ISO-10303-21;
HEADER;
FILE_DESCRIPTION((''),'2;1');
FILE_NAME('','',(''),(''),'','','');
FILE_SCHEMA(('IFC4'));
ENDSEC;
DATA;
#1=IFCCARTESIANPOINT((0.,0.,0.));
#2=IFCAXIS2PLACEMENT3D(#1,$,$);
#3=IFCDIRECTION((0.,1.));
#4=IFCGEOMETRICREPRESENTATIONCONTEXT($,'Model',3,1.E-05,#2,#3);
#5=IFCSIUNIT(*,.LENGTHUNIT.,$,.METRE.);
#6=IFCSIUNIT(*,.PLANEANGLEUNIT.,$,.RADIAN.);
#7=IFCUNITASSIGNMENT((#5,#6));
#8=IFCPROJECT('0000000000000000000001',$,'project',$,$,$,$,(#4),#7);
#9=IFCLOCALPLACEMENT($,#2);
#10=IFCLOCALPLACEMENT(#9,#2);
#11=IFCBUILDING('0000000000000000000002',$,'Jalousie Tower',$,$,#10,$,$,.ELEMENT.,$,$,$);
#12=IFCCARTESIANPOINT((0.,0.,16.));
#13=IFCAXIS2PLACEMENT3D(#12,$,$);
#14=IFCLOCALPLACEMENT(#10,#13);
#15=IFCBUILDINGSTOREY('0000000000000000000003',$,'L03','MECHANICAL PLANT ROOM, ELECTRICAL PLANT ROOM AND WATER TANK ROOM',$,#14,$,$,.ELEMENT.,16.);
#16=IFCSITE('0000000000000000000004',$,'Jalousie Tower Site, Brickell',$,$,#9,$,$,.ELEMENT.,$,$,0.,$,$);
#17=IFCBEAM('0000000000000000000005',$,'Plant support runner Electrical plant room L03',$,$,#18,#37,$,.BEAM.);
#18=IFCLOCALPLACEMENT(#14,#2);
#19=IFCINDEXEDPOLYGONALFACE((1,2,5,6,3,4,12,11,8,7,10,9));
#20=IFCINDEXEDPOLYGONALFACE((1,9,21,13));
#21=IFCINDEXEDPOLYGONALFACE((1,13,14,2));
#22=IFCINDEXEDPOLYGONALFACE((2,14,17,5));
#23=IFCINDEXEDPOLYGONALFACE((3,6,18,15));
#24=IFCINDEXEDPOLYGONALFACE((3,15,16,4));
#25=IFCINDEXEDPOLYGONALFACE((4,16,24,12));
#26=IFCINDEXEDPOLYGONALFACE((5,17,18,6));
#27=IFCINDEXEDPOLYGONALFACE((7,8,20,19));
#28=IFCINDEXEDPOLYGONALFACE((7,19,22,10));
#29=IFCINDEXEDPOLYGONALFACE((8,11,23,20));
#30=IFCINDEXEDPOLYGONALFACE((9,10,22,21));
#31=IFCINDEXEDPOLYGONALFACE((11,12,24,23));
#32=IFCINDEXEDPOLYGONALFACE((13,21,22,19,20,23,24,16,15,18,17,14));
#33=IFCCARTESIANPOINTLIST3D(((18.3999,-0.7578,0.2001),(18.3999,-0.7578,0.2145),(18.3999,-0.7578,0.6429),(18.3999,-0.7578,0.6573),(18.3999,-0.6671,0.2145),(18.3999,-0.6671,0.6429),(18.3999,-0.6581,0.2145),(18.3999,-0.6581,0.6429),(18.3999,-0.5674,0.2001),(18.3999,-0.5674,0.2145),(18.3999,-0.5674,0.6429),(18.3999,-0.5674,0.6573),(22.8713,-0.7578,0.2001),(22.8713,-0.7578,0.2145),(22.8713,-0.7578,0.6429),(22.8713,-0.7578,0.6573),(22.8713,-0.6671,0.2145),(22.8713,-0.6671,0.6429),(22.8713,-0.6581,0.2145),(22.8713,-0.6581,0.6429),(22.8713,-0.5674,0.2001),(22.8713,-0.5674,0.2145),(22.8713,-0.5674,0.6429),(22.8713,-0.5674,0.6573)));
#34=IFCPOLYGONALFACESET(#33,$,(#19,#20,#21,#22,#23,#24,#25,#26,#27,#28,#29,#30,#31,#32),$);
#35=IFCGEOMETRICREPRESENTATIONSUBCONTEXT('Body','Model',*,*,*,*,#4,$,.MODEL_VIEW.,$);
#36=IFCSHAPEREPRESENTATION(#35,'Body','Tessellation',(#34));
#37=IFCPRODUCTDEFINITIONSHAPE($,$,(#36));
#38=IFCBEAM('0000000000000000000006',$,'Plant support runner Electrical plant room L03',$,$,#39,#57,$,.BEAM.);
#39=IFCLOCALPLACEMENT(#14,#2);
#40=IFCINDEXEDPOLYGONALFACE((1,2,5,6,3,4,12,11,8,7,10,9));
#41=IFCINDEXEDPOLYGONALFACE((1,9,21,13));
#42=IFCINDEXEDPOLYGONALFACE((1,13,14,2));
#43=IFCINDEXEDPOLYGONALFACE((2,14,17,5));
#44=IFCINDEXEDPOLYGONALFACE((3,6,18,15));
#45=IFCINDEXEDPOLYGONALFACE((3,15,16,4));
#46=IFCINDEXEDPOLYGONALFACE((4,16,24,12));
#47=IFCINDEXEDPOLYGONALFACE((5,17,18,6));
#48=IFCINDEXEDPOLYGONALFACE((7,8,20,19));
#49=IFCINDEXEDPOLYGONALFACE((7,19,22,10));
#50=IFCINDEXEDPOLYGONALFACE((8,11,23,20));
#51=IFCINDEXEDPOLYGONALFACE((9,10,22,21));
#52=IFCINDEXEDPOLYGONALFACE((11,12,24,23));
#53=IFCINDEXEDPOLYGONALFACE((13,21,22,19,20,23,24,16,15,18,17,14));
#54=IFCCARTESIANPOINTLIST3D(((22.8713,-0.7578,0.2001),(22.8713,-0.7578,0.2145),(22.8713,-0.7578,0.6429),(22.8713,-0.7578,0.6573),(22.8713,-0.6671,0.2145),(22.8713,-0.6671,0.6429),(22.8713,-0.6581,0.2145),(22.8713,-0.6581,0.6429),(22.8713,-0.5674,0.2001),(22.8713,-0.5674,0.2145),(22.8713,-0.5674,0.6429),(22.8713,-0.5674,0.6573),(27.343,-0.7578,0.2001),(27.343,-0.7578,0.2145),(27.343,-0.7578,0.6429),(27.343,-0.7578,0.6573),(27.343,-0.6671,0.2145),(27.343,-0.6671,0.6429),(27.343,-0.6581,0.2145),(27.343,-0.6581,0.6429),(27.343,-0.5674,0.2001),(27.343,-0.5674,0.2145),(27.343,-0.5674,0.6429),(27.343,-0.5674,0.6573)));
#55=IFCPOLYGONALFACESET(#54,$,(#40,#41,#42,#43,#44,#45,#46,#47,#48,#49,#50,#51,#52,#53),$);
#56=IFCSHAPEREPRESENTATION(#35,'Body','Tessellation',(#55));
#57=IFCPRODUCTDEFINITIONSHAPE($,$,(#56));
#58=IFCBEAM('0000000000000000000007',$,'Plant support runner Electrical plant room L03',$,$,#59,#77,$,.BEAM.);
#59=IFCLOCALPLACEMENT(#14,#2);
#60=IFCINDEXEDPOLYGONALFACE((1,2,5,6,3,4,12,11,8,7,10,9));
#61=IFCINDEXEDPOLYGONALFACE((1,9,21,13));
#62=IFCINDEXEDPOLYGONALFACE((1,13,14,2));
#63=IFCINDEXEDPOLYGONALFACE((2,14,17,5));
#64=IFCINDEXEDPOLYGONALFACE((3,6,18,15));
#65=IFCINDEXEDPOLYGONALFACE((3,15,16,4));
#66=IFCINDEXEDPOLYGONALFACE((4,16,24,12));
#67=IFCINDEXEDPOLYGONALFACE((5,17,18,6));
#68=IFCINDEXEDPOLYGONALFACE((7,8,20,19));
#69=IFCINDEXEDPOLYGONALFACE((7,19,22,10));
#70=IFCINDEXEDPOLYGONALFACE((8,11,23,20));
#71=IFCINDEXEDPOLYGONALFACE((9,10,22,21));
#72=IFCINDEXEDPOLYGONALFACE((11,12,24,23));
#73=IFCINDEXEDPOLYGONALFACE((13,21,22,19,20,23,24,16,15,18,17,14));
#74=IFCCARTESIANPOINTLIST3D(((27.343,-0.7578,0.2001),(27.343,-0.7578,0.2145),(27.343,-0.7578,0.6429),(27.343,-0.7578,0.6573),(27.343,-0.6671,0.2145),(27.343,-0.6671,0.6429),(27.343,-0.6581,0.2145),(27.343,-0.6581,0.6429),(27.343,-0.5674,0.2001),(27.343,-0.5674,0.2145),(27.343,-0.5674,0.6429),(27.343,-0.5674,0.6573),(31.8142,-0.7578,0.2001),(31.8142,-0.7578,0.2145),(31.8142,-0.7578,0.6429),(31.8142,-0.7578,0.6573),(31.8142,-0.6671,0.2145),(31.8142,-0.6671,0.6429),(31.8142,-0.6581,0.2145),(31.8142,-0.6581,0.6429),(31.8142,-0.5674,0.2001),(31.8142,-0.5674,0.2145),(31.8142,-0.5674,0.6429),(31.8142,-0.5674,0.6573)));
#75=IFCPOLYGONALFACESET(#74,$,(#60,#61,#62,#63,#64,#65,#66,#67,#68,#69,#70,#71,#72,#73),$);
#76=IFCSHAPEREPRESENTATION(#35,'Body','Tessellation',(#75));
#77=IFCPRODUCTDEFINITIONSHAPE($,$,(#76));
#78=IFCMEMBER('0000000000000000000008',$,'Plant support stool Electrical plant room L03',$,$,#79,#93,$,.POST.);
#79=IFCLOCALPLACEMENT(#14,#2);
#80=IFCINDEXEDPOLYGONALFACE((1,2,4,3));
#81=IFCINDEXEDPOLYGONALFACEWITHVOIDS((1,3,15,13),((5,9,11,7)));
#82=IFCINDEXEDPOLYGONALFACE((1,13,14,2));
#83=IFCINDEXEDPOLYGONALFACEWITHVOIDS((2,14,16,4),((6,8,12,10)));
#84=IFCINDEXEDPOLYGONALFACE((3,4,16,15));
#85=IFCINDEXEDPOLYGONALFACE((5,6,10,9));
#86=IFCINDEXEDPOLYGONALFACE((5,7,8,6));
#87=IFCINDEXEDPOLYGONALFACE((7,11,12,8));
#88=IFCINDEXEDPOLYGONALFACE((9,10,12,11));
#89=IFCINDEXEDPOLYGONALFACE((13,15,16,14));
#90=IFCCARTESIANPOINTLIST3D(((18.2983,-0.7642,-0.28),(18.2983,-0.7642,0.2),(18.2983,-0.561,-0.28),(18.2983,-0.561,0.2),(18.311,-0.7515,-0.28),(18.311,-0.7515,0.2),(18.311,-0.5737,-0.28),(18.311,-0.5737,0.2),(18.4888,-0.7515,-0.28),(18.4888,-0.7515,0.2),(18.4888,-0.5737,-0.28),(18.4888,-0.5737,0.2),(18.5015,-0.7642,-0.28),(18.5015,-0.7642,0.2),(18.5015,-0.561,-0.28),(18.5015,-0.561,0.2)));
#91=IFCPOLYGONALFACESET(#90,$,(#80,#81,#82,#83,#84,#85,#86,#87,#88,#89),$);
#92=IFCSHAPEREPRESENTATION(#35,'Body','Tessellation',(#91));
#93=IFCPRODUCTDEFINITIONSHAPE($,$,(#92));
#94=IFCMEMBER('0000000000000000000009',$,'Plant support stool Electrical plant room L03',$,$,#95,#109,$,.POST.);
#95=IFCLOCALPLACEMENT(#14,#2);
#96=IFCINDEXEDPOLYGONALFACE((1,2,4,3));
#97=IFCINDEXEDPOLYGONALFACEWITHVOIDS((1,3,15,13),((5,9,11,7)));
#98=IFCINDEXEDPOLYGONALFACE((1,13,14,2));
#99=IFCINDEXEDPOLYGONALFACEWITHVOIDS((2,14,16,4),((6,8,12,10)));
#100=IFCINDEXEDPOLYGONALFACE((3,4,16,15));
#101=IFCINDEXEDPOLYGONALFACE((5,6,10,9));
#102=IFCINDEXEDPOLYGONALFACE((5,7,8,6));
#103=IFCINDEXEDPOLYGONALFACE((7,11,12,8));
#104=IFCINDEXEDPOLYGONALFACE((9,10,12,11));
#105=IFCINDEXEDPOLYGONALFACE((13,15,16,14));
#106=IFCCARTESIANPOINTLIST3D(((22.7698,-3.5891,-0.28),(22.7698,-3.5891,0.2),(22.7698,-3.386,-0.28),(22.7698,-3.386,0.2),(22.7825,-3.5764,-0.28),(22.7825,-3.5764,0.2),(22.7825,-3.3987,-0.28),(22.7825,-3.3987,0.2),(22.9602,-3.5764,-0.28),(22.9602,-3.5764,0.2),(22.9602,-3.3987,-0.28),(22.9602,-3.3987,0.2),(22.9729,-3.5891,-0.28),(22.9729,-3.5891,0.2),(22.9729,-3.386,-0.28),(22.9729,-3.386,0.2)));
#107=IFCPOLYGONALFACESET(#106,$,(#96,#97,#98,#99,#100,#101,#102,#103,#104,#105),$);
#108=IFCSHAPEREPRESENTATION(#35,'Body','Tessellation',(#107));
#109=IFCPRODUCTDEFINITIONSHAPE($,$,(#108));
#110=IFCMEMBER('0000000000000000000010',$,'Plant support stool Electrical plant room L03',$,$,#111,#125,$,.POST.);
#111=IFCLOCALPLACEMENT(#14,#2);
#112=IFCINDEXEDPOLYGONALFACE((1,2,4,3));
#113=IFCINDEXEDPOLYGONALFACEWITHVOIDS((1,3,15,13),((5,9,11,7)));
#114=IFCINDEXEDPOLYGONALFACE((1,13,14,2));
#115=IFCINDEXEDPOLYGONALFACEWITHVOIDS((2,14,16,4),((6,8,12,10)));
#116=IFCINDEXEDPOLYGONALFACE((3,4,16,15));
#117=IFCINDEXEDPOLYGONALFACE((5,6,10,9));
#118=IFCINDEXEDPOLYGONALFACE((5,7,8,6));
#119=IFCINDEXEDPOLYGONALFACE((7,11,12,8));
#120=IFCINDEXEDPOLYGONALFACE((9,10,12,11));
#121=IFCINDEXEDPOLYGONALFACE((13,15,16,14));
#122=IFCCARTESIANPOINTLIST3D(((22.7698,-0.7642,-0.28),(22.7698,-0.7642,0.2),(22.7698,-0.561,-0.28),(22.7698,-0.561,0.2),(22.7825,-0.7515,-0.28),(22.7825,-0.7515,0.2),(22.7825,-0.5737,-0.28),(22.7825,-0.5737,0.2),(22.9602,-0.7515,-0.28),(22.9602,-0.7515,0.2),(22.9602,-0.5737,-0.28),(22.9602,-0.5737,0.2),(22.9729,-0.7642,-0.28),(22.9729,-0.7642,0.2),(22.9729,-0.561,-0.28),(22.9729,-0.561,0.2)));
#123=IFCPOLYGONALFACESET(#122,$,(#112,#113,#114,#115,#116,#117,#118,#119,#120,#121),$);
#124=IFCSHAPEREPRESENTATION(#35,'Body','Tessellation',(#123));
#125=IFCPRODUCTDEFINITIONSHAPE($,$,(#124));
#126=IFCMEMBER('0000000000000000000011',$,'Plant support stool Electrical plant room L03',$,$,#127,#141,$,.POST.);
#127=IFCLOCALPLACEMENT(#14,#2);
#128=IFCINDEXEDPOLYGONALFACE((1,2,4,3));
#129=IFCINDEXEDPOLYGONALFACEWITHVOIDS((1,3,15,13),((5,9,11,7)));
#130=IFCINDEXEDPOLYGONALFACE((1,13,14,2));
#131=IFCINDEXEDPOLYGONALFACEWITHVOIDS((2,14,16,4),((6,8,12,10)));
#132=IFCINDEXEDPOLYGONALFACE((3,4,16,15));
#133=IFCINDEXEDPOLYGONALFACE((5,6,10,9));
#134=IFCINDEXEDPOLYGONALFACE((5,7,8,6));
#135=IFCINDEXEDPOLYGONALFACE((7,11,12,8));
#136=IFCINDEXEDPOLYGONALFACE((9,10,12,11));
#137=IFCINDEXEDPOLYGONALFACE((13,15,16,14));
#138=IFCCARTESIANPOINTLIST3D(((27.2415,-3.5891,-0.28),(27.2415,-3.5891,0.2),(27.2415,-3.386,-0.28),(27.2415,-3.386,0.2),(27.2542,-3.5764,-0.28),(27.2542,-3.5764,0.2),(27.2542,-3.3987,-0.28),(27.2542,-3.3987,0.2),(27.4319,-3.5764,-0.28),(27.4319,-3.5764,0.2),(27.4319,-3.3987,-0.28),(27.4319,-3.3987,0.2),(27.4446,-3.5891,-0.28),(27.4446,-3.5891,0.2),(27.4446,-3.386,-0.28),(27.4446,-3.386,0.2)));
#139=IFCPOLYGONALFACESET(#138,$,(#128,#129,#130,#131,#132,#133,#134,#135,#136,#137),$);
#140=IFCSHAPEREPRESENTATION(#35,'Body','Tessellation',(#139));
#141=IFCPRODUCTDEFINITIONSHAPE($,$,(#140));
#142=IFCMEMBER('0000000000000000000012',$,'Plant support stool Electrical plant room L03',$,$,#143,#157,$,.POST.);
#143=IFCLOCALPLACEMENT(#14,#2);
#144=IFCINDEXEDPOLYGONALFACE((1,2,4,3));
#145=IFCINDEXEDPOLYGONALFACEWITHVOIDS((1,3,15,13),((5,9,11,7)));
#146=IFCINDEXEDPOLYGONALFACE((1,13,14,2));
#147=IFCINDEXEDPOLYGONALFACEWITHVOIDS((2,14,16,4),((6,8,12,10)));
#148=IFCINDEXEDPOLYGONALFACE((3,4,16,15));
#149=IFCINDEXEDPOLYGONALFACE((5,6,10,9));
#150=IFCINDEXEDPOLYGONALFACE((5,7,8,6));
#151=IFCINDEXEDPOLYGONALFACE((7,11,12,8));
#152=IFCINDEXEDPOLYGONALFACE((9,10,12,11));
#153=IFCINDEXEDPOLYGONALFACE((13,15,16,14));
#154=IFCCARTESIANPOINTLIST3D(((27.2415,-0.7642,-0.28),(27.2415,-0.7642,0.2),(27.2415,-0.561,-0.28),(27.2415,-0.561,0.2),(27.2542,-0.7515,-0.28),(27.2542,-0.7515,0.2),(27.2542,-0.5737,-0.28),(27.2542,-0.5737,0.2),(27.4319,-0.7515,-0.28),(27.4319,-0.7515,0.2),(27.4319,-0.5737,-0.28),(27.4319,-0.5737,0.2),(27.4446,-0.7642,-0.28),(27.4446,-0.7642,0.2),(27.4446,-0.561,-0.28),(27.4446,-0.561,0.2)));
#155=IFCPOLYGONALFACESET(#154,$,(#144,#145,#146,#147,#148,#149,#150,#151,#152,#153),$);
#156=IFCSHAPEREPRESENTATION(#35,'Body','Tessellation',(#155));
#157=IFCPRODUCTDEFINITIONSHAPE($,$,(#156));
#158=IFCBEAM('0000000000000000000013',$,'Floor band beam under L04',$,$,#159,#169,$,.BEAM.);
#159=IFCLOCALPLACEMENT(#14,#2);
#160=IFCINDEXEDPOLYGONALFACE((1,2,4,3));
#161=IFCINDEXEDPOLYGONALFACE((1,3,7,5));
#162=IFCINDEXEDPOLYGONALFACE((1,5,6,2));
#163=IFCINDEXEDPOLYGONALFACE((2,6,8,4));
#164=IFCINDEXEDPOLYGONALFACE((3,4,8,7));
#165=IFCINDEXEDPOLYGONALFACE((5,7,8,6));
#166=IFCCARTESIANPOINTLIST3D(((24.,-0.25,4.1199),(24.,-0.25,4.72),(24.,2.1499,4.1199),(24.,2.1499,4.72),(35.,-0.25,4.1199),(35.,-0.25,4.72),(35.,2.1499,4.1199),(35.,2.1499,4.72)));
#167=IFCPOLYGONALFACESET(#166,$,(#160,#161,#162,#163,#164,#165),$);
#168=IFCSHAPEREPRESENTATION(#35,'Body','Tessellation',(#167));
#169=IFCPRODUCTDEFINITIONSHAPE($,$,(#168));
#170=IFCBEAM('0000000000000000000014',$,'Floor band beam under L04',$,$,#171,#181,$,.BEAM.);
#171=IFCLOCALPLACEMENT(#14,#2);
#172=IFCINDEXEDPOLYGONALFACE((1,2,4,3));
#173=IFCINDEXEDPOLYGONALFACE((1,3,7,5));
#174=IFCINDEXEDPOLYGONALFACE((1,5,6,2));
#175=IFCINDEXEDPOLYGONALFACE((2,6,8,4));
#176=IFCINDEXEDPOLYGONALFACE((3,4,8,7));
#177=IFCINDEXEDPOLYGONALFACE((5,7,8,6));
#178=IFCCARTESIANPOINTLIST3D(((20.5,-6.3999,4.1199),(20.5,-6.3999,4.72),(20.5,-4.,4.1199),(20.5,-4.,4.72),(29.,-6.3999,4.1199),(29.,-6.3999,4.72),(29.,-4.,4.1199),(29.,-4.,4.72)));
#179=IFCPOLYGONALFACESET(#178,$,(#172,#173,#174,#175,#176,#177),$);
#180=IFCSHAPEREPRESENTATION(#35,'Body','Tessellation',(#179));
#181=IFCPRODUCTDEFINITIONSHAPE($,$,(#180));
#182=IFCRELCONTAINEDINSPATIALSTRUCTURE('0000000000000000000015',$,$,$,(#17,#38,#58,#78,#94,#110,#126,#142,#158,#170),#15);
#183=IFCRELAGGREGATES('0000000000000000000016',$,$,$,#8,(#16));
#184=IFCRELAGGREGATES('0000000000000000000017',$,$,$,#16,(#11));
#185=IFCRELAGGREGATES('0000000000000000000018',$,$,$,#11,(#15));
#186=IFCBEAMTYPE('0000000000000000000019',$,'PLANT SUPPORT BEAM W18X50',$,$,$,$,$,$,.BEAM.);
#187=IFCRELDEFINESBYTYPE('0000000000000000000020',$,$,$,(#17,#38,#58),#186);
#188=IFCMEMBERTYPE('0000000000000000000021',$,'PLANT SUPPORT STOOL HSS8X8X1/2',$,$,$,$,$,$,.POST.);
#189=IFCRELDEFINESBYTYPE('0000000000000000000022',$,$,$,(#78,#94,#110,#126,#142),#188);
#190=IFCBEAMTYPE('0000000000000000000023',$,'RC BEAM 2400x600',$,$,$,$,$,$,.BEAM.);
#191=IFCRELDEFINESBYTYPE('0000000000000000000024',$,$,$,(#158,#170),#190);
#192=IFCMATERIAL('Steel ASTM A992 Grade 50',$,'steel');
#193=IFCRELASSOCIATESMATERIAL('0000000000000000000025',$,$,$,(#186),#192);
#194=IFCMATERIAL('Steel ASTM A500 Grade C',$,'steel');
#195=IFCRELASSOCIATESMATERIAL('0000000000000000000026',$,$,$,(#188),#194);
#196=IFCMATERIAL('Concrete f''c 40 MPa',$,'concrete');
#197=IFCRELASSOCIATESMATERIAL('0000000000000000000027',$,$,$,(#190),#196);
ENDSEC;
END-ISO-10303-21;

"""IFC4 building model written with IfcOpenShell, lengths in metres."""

from ifc_helpers import new_model, si_unit, direction, frame, origin, origin_2d, place, context, subcontext, project, spatial, rectangle, hollow_rectangle, i_section, extrude, material, material_profile, profile_set, type_object, element, save


model = new_model("IFC4")

# Units and contexts
model_context = context("Model", 3, precision=1e-05, world=origin(), true_north=direction((0.0, 1.0)))
body_context = subcontext(model_context, "Body", "Model", "MODEL_VIEW")
ifc_project = project(units=[si_unit("LENGTHUNIT", "METRE"), si_unit("PLANEANGLEUNIT", "RADIAN")], contexts=[model_context])

# Site, building, storey
site_placement = place(None, origin())
site = spatial("IfcSite", under=ifc_project, at=site_placement, Name="Jalousie Tower Site, Brickell", CompositionType="ELEMENT", RefElevation=0.0)
building_placement = place(site_placement, origin())
building = spatial("IfcBuilding", under=site, at=building_placement, Name="Jalousie Tower", CompositionType="ELEMENT")
storey_placement = place(building_placement, frame((0.0, 0.0, 16.0)))
storey = spatial("IfcBuildingStorey", under=building, at=storey_placement, Name="L03", Description="MECHANICAL PLANT ROOM, ELECTRICAL PLANT ROOM AND WATER TANK ROOM", CompositionType="ELEMENT", Elevation=16.0)

# Beams
ifc_material_1 = material(Name="Steel ASTM A992 Grade 50", Category="steel")
ifc_material_profile_1 = material_profile(ifc_material_1, i_section(OverallWidth=0.1904, OverallDepth=0.4573, WebThickness=0.009, FlangeThickness=0.0144, at=origin_2d()), Name="W18X50")
ifc_profile_set_1 = profile_set([ifc_material_profile_1], Name="Steel ASTM A992 Grade 50")
beam_type_1 = type_object("IfcBeamType", Name="PLANT SUPPORT BEAM W18X50", PredefinedType="BEAM", material=ifc_profile_set_1)
beam_1_placement = place(storey_placement, frame((18.3999, -0.6626, 0.4287), z_axis=(1.0, 0.0, 0.0), x_axis=(0.0, 1.0, 0.0)))
element("IfcBeam", 1, at=beam_1_placement, inside=storey, type_object=beam_type_1, Name="Plant support runner Electrical plant room L03", PredefinedType="BEAM", context=body_context, shape_type="SweptSolid", body=[
    extrude(i_section(OverallWidth=0.1904, OverallDepth=0.4573, WebThickness=0.009, FlangeThickness=0.0144, at=origin_2d()), origin(), (0.0, 0.0, 1.0), 4.4714),
])
beam_2_placement = place(storey_placement, frame((22.8713, -0.6626, 0.4287), z_axis=(1.0, 0.0, 0.0), x_axis=(0.0, 1.0, 0.0)))
element("IfcBeam", 2, at=beam_2_placement, inside=storey, type_object=beam_type_1, Name="Plant support runner Electrical plant room L03", PredefinedType="BEAM", context=body_context, shape_type="SweptSolid", body=[
    extrude(i_section(OverallWidth=0.1904, OverallDepth=0.4573, WebThickness=0.009, FlangeThickness=0.0144, at=origin_2d()), origin(), (0.0, 0.0, 1.0), 4.4717),
])
beam_3_placement = place(storey_placement, frame((27.343, -0.6626, 0.4287), z_axis=(1.0, 0.0, 0.0), x_axis=(0.0, 1.0, 0.0)))
element("IfcBeam", 3, at=beam_3_placement, inside=storey, type_object=beam_type_1, Name="Plant support runner Electrical plant room L03", PredefinedType="BEAM", context=body_context, shape_type="SweptSolid", body=[
    extrude(i_section(OverallWidth=0.1904, OverallDepth=0.4573, WebThickness=0.009, FlangeThickness=0.0144, at=origin_2d()), origin(), (0.0, 0.0, 1.0), 4.4712),
])

# Members
ifc_material_2 = material(Name="Steel ASTM A500 Grade C", Category="steel")
ifc_material_profile_2 = material_profile(ifc_material_2, hollow_rectangle(XDim=0.2031, YDim=0.2031, WallThickness=0.0127, at=origin_2d()), Name="HSS8X8X1/2")
ifc_profile_set_2 = profile_set([ifc_material_profile_2], Name="Steel ASTM A500 Grade C")
member_type = type_object("IfcMemberType", Name="PLANT SUPPORT STOOL HSS8X8X1/2", PredefinedType="POST", material=ifc_profile_set_2)
for number, where, z_axis, x_axis, name in (
    (4, (18.3999, -0.6626, -0.28), (0.0, 0.0, 1.0), (1.0, 0.0, 0.0), "Plant support stool Electrical plant room L03"),
    (5, (22.8713, -3.4875, -0.28), (0.0, 0.0, 1.0), (1.0, 0.0, 0.0), "Plant support stool Electrical plant room L03"),
    (6, (22.8713, -0.6626, -0.28), (0.0, 0.0, 1.0), (1.0, 0.0, 0.0), "Plant support stool Electrical plant room L03"),
    (7, (27.343, -3.4875, -0.28), (0.0, 0.0, 1.0), (1.0, 0.0, 0.0), "Plant support stool Electrical plant room L03"),
    (8, (27.343, -0.6626, -0.28), (0.0, 0.0, 1.0), (1.0, 0.0, 0.0), "Plant support stool Electrical plant room L03"),
):
    element("IfcMember", number, at=place(storey_placement, frame(where, z_axis=z_axis, x_axis=x_axis)), inside=storey, type_object=member_type, Name=name, PredefinedType="POST", context=body_context, shape_type="SweptSolid", body=[
        extrude(hollow_rectangle(XDim=0.2031, YDim=0.2031, WallThickness=0.0127, at=origin_2d()), origin(), (0.0, 0.0, 1.0), 0.48),
    ])

# Beams
ifc_material_3 = material(Name="Concrete f'c 40 MPa", Category="concrete")
ifc_material_profile_3 = material_profile(ifc_material_3, rectangle(XDim=2.3999, YDim=0.6001, at=origin_2d()), Name="RC 2400x600")
ifc_profile_set_3 = profile_set([ifc_material_profile_3], Name="Concrete f'c 40 MPa")
beam_type_2 = type_object("IfcBeamType", Name="RC BEAM 2400x600", PredefinedType="BEAM", material=ifc_profile_set_3)
beam_4_placement = place(storey_placement, frame((24.0, 0.95, 4.4199), z_axis=(1.0, 0.0, 0.0), x_axis=(0.0, 1.0, 0.0)))
element("IfcBeam", 9, at=beam_4_placement, inside=storey, type_object=beam_type_2, Name="Floor band beam under L04", PredefinedType="BEAM", context=body_context, shape_type="SweptSolid", body=[
    extrude(rectangle(XDim=2.3999, YDim=0.6001, at=origin_2d()), origin(), (0.0, 0.0, 1.0), 11.0),
])
beam_5_placement = place(storey_placement, frame((20.5, -5.2, 4.4199), z_axis=(1.0, 0.0, 0.0), x_axis=(0.0, 1.0, 0.0)))
element("IfcBeam", 10, at=beam_5_placement, inside=storey, type_object=beam_type_2, Name="Floor band beam under L04", PredefinedType="BEAM", context=body_context, shape_type="SweptSolid", body=[
    extrude(rectangle(XDim=2.3999, YDim=0.6001, at=origin_2d()), origin(), (0.0, 0.0, 1.0), 8.5),
])

save(model, "model.ifc")
